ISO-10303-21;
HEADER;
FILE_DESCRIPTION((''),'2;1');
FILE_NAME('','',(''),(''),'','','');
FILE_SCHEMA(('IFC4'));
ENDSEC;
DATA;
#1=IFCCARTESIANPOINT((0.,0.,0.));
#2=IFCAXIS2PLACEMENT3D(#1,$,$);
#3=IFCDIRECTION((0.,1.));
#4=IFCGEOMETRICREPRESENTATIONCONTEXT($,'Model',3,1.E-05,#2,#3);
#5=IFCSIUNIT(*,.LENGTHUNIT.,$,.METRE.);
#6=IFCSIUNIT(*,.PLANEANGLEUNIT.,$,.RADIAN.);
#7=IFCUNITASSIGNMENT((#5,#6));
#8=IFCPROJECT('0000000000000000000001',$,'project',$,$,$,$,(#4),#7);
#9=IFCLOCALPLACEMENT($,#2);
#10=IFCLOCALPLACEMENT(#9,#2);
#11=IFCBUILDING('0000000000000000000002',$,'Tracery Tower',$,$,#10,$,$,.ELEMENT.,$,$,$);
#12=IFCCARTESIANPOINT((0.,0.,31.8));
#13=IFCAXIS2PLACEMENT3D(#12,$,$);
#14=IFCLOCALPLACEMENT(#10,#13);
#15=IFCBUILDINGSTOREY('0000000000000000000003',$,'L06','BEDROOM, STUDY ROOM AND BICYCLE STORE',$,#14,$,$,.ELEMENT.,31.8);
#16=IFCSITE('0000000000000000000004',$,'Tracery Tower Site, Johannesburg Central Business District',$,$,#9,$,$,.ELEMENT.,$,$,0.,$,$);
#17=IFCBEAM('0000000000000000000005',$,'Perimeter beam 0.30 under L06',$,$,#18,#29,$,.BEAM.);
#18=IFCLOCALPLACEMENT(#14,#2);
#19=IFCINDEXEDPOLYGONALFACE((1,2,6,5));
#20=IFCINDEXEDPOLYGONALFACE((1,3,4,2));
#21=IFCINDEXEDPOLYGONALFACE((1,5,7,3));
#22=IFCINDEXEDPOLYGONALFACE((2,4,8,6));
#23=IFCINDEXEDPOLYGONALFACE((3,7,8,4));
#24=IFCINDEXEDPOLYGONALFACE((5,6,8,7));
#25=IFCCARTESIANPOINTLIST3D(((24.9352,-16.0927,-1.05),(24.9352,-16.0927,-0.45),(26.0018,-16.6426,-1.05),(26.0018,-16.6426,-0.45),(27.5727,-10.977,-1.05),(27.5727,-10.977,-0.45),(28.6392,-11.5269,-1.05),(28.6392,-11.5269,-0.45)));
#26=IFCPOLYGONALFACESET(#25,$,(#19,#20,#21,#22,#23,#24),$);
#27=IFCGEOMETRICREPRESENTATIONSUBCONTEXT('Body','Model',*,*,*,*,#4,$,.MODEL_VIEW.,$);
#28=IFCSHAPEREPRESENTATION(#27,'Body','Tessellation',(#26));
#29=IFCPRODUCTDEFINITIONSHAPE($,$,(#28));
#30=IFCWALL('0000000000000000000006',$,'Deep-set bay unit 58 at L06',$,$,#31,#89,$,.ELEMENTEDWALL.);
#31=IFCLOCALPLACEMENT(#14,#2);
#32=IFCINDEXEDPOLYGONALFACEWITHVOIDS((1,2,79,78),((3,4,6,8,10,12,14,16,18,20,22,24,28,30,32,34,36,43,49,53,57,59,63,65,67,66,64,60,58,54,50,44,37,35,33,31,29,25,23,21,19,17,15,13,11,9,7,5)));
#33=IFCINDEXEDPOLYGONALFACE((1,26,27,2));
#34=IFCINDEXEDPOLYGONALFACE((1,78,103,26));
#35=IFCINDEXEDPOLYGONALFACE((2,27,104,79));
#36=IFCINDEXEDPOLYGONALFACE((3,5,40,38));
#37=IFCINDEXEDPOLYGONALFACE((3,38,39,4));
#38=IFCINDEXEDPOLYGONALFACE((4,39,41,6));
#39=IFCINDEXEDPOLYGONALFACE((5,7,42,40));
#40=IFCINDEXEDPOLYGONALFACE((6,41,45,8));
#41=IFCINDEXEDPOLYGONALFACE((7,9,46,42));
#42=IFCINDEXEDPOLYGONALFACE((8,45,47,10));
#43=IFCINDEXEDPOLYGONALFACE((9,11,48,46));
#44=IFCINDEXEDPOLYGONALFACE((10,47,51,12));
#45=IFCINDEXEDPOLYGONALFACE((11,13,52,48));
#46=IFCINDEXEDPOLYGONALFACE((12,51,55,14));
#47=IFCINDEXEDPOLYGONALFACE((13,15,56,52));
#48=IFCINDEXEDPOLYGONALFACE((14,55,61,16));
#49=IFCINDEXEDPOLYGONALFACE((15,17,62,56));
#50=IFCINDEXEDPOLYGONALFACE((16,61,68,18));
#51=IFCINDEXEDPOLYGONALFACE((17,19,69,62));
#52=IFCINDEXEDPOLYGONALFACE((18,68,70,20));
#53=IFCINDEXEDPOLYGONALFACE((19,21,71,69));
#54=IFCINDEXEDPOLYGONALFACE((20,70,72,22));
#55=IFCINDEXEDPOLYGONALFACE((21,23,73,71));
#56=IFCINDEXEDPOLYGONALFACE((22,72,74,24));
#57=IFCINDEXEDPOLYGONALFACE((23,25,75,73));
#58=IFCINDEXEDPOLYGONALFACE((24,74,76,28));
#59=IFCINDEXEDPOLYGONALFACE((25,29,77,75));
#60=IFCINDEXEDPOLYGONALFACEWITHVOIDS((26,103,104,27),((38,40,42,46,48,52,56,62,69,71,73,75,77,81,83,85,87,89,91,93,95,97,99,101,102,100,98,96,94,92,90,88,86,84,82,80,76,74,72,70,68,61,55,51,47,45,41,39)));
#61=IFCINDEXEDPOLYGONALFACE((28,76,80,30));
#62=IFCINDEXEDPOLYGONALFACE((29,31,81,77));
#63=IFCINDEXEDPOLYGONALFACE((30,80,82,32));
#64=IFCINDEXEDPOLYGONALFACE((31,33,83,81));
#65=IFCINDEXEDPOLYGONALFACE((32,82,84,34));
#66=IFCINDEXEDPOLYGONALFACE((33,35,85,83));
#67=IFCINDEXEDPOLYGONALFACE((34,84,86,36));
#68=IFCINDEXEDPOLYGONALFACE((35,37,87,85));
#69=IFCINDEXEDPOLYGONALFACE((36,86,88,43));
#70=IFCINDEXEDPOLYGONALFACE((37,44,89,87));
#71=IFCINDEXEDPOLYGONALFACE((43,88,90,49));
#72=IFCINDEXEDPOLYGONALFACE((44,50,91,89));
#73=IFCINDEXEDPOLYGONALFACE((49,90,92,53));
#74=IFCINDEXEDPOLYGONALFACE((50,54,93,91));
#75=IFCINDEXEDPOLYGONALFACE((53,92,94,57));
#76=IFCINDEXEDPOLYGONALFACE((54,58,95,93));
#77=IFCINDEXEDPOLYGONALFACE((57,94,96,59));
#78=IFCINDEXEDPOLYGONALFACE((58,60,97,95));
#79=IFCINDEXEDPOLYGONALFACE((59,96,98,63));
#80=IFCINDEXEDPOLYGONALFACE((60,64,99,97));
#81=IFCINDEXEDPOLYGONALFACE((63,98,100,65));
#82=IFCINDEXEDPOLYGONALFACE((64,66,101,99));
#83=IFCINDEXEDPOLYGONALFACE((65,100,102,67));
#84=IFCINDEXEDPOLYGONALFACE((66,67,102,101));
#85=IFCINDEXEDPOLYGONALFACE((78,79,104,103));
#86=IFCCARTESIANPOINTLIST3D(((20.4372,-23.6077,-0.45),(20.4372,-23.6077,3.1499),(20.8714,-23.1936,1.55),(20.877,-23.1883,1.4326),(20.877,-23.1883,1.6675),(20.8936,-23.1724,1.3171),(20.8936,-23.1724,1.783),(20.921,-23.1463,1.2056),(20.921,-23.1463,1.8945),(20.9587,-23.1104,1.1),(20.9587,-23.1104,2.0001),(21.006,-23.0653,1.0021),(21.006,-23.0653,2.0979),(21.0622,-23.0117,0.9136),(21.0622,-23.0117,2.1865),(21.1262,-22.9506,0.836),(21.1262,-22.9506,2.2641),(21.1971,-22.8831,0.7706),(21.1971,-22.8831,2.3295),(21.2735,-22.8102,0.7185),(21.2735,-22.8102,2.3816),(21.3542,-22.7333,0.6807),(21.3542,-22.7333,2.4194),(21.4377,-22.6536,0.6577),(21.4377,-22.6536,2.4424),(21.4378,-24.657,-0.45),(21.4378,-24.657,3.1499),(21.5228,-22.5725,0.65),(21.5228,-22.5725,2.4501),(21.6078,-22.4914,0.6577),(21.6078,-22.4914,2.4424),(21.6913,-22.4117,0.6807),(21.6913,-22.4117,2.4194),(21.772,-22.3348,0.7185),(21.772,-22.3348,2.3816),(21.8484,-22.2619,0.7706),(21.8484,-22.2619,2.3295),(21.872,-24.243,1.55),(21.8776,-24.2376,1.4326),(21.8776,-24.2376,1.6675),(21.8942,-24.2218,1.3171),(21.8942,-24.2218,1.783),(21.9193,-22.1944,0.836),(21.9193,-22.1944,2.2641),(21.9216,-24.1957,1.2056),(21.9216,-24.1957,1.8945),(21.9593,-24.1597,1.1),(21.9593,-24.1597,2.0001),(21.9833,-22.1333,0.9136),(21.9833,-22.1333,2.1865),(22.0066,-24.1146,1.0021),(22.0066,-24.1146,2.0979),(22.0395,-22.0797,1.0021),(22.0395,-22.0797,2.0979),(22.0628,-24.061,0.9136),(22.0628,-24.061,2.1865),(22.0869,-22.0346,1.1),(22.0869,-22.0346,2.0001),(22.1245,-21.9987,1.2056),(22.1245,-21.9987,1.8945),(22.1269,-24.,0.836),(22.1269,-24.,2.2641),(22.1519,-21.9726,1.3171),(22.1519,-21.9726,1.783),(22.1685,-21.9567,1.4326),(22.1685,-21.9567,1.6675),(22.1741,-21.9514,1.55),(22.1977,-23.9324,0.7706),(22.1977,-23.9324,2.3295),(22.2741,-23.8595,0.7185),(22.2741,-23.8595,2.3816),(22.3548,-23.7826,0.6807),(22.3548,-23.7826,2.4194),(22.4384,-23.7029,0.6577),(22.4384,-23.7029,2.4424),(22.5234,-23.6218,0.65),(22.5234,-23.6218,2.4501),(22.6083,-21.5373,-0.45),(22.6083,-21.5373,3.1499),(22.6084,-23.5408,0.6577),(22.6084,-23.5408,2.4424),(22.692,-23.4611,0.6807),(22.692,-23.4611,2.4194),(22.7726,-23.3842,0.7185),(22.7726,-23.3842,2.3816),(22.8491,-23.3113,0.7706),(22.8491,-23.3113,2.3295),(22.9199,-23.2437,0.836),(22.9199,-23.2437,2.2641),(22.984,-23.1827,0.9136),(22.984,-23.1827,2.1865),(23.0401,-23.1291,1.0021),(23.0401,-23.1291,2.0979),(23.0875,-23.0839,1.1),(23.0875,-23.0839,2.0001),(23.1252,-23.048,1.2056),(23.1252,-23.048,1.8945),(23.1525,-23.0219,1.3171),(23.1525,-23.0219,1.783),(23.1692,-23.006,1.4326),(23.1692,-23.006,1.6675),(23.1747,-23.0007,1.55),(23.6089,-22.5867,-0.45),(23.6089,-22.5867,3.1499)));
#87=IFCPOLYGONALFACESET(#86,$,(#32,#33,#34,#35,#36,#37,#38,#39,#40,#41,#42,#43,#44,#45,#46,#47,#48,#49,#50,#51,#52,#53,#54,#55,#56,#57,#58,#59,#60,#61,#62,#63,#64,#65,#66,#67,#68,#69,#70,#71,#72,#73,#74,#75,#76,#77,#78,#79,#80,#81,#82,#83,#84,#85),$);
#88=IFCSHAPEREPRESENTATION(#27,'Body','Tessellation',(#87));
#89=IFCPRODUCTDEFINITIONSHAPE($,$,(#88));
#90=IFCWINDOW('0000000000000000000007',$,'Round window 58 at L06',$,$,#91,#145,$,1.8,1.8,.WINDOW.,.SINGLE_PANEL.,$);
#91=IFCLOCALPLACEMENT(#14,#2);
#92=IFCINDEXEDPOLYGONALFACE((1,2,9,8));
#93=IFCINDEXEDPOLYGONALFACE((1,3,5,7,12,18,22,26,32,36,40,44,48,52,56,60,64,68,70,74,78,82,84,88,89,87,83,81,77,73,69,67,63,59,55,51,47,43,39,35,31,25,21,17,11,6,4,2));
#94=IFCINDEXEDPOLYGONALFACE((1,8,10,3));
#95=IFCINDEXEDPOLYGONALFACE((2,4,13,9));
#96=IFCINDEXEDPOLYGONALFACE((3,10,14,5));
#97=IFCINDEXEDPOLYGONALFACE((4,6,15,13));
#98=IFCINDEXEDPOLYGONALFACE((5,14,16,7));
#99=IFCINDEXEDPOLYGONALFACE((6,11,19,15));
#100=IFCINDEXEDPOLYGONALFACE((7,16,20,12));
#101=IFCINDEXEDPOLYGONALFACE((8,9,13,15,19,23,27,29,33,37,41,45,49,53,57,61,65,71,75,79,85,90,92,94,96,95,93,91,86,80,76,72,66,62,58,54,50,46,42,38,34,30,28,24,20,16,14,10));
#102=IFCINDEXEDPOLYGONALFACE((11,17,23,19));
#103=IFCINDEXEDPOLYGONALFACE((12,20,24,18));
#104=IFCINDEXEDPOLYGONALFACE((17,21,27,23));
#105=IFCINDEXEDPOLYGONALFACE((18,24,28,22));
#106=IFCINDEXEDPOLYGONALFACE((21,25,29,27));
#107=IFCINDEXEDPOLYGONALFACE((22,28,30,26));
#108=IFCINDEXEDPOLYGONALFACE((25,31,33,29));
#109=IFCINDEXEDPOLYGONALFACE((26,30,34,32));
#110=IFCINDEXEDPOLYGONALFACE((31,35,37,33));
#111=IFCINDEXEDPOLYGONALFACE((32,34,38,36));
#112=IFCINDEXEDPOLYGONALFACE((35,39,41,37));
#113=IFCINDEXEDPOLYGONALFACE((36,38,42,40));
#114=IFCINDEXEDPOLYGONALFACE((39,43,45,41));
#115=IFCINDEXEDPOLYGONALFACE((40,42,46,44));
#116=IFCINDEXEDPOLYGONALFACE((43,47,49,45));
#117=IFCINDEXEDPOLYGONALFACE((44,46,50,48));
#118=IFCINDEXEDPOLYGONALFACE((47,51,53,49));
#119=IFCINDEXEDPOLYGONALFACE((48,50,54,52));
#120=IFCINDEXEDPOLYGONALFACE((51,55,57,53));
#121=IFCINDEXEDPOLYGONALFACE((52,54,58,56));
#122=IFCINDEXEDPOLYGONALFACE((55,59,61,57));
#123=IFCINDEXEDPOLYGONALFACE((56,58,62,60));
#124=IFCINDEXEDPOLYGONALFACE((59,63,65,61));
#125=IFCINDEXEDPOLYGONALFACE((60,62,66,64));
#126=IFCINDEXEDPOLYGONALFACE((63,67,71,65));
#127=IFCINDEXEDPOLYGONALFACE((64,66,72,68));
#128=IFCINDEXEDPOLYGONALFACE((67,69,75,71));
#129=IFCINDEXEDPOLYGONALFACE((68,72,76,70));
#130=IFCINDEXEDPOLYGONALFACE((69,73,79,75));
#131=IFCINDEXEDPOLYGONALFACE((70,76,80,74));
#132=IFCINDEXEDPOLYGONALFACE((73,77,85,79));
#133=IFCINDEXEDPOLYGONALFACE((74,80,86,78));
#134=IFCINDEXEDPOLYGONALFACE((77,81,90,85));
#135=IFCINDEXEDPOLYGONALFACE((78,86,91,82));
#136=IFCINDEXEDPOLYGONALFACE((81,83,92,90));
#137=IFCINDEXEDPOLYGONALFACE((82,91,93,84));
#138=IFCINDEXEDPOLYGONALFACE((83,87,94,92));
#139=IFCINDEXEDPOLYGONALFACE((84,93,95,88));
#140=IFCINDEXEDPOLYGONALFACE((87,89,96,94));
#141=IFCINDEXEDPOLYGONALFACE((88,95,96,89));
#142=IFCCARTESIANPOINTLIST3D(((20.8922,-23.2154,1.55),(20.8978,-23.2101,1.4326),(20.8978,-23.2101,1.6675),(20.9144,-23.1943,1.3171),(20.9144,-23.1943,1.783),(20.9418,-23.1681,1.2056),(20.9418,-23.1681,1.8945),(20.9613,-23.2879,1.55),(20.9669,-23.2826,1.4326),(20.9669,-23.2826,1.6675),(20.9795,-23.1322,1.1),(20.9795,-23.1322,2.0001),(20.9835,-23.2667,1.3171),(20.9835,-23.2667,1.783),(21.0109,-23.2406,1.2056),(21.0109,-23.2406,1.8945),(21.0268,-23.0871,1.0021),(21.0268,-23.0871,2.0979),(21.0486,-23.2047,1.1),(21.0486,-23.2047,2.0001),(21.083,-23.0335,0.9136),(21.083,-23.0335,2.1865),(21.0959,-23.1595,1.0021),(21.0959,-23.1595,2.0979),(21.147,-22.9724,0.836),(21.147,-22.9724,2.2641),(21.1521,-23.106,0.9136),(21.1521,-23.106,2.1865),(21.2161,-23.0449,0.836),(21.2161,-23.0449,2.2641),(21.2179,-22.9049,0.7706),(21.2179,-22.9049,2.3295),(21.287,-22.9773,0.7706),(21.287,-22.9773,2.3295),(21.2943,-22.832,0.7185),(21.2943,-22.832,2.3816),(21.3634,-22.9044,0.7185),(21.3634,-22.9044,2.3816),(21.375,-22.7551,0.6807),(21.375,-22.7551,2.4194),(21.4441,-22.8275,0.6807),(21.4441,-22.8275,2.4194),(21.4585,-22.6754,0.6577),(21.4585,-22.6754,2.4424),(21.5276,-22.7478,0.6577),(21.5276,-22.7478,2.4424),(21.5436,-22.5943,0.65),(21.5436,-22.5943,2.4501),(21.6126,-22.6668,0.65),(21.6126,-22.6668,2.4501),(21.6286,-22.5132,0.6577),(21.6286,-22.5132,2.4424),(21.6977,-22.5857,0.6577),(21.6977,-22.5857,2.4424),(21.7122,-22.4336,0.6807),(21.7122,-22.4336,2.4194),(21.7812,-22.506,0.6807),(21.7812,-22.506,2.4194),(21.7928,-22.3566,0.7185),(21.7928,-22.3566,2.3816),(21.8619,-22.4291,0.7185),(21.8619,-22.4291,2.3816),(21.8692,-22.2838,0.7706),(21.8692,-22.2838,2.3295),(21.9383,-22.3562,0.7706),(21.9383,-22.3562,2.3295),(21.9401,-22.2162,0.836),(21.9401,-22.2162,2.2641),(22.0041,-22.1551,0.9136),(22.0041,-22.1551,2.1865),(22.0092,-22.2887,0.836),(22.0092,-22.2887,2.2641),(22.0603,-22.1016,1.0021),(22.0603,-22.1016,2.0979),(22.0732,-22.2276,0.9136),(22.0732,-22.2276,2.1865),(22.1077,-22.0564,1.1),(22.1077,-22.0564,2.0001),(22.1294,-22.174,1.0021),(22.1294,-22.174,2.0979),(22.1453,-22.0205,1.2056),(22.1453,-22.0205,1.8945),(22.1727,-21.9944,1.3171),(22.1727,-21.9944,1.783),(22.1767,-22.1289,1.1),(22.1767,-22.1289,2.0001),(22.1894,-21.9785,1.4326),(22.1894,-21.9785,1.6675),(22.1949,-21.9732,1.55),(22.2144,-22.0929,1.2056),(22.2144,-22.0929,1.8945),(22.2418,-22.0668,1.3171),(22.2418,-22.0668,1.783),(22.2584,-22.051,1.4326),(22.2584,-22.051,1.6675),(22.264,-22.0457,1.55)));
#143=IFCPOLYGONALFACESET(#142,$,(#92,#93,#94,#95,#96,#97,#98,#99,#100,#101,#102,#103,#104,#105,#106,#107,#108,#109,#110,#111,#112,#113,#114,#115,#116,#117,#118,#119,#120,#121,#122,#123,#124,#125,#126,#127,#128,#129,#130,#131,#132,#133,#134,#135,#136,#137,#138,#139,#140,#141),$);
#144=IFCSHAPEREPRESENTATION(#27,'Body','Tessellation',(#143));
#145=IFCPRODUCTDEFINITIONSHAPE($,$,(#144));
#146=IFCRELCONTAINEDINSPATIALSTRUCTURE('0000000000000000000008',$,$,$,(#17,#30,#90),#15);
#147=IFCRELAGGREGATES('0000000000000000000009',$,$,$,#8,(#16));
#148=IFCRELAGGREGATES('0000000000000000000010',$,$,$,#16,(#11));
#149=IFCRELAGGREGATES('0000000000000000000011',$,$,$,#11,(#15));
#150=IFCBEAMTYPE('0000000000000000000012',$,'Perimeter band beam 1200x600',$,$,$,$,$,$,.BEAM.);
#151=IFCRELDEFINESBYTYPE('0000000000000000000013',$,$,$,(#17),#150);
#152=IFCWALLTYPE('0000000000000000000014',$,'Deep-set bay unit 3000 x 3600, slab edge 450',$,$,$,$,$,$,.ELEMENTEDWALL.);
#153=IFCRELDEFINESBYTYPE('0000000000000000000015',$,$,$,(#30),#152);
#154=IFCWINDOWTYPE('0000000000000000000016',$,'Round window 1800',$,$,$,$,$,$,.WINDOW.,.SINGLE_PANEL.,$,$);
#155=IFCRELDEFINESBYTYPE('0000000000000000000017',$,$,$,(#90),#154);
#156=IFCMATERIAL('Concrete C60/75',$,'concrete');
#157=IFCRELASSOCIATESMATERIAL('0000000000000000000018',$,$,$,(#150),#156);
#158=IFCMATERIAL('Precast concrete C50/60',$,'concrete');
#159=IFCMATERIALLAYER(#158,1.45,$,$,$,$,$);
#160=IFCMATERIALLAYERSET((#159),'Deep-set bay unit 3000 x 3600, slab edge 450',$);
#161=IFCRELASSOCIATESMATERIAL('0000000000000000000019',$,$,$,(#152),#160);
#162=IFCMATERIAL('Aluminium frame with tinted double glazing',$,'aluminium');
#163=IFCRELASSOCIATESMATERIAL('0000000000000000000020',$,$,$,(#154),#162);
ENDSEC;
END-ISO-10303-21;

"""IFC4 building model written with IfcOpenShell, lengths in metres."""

from ifc_helpers import new_model, si_unit, direction, frame, frame_2d, origin, origin_2d, place, context, subcontext, project, spatial, rectangle, circle, extrude, material, layer, layer_set, material_profile, profile_set, type_object, element, fill, save


model = new_model("IFC4")

# Units and contexts
model_context = context("Model", 3, precision=1e-05, world=origin(), true_north=direction((0.0, 1.0)))
body_context = subcontext(model_context, "Body", "Model", "MODEL_VIEW")
ifc_project = project(units=[si_unit("LENGTHUNIT", "METRE"), si_unit("PLANEANGLEUNIT", "RADIAN")], contexts=[model_context])

# Site, building, storey
site_placement = place(None, origin())
site = spatial("IfcSite", under=ifc_project, at=site_placement, Name="Tracery Tower Site, Johannesburg Central Business District", CompositionType="ELEMENT", RefElevation=0.0)
building_placement = place(site_placement, origin())
building = spatial("IfcBuilding", under=site, at=building_placement, Name="Tracery Tower", CompositionType="ELEMENT")
storey_placement = place(building_placement, frame((0.0, 0.0, 31.8)))
storey = spatial("IfcBuildingStorey", under=building, at=storey_placement, Name="L06", Description="BEDROOM, STUDY ROOM AND BICYCLE STORE", CompositionType="ELEMENT", Elevation=31.8)

# Beam
ifc_material_1 = material(Name="Concrete C60/75", Category="concrete")
ifc_material_profile_1 = material_profile(ifc_material_1, rectangle(XDim=1.2, YDim=0.6001, at=origin_2d()), Name="RC 1200x600")
ifc_profile_set_1 = profile_set([ifc_material_profile_1], Name="Concrete C60/75")
beam_type = type_object("IfcBeamType", Name="Perimeter band beam 1200x600", PredefinedType="BEAM", material=ifc_profile_set_1)
beam_1_placement = place(storey_placement, frame((25.4685, -16.3677, -0.75), z_axis=(0.458242, 0.888827, 0.0), x_axis=(-0.888827, 0.458242, 0.0)))
element("IfcBeam", 1, at=beam_1_placement, inside=storey, type_object=beam_type, Name="Perimeter beam 0.30 under L06", PredefinedType="BEAM", context=body_context, shape_type="SweptSolid", body=[
    extrude(rectangle(XDim=1.2, YDim=0.6001, at=origin_2d()), origin(), (0.0, 0.0, 1.0), 5.7556),
])

# Wall, opening, window
ifc_material_2 = material(Name="Precast concrete C50/60", Category="concrete")
ifc_layer_1 = layer(ifc_material_2, 1.45)
ifc_layer_set_1 = layer_set([ifc_layer_1], Name="Deep-set bay unit 3000 x 3600, slab edge 450")
wall_type_1 = type_object("IfcWallType", Name="Deep-set bay unit 3000 x 3600, slab edge 450", PredefinedType="ELEMENTEDWALL", material=ifc_layer_set_1)
wall_1_placement = place(storey_placement, frame((20.9375, -24.1323, -0.45), z_axis=(0.0, 0.0, 1.0), x_axis=(0.723712, 0.690102, 0.0)))
wall_1 = element("IfcWall", 2, at=wall_1_placement, inside=storey, type_object=wall_type_1, Name="Deep-set bay unit 58 at L06", PredefinedType="ELEMENTEDWALL", context=body_context, shape_type="SweptSolid", body=[
    extrude(rectangle(XDim=3.0, YDim=1.45, at=frame_2d((1.5, 0.0))), origin(), (0.0, 0.0, 1.0), 3.5999),
])
opening_1_placement = place(wall_1_placement, frame((1.5, 0.0, 2.0)))
opening_1 = element("IfcOpeningElement", 3, at=opening_1_placement, cuts=wall_1, PredefinedType="OPENING", context=body_context, shape_type="SweptSolid", body=[
    extrude(circle(Radius=0.9, at=origin_2d()), frame((0.0, 0.7349, 0.0), z_axis=(0.0, -1.0, 0.0), x_axis=(1.0, 0.0, 0.0)), (0.0, 0.0, 1.0), 1.47),
])
ifc_material_3 = material(Name="Aluminium frame with tinted double glazing", Category="aluminium")
window_type = type_object("IfcWindowType", Name="Round window 1800", PartitioningType="SINGLE_PANEL", PredefinedType="WINDOW", material=ifc_material_3)
window_1_placement = place(opening_1_placement, origin())
window_1 = element("IfcWindow", 4, at=window_1_placement, inside=storey, type_object=window_type, Name="Round window 58 at L06", OverallHeight=1.8, OverallWidth=1.8, PartitioningType="SINGLE_PANEL", PredefinedType="WINDOW", context=body_context, shape_type="SweptSolid", body=[
    extrude(circle(Radius=0.9, at=origin_2d()), frame((0.0, 0.6948, 0.0), z_axis=(0.0, -1.0, 0.0), x_axis=(1.0, 0.0, 0.0)), (0.0, 0.0, 1.0), 0.1001),
])
fill(opening_1, window_1)

save(model, "model.ifc")
